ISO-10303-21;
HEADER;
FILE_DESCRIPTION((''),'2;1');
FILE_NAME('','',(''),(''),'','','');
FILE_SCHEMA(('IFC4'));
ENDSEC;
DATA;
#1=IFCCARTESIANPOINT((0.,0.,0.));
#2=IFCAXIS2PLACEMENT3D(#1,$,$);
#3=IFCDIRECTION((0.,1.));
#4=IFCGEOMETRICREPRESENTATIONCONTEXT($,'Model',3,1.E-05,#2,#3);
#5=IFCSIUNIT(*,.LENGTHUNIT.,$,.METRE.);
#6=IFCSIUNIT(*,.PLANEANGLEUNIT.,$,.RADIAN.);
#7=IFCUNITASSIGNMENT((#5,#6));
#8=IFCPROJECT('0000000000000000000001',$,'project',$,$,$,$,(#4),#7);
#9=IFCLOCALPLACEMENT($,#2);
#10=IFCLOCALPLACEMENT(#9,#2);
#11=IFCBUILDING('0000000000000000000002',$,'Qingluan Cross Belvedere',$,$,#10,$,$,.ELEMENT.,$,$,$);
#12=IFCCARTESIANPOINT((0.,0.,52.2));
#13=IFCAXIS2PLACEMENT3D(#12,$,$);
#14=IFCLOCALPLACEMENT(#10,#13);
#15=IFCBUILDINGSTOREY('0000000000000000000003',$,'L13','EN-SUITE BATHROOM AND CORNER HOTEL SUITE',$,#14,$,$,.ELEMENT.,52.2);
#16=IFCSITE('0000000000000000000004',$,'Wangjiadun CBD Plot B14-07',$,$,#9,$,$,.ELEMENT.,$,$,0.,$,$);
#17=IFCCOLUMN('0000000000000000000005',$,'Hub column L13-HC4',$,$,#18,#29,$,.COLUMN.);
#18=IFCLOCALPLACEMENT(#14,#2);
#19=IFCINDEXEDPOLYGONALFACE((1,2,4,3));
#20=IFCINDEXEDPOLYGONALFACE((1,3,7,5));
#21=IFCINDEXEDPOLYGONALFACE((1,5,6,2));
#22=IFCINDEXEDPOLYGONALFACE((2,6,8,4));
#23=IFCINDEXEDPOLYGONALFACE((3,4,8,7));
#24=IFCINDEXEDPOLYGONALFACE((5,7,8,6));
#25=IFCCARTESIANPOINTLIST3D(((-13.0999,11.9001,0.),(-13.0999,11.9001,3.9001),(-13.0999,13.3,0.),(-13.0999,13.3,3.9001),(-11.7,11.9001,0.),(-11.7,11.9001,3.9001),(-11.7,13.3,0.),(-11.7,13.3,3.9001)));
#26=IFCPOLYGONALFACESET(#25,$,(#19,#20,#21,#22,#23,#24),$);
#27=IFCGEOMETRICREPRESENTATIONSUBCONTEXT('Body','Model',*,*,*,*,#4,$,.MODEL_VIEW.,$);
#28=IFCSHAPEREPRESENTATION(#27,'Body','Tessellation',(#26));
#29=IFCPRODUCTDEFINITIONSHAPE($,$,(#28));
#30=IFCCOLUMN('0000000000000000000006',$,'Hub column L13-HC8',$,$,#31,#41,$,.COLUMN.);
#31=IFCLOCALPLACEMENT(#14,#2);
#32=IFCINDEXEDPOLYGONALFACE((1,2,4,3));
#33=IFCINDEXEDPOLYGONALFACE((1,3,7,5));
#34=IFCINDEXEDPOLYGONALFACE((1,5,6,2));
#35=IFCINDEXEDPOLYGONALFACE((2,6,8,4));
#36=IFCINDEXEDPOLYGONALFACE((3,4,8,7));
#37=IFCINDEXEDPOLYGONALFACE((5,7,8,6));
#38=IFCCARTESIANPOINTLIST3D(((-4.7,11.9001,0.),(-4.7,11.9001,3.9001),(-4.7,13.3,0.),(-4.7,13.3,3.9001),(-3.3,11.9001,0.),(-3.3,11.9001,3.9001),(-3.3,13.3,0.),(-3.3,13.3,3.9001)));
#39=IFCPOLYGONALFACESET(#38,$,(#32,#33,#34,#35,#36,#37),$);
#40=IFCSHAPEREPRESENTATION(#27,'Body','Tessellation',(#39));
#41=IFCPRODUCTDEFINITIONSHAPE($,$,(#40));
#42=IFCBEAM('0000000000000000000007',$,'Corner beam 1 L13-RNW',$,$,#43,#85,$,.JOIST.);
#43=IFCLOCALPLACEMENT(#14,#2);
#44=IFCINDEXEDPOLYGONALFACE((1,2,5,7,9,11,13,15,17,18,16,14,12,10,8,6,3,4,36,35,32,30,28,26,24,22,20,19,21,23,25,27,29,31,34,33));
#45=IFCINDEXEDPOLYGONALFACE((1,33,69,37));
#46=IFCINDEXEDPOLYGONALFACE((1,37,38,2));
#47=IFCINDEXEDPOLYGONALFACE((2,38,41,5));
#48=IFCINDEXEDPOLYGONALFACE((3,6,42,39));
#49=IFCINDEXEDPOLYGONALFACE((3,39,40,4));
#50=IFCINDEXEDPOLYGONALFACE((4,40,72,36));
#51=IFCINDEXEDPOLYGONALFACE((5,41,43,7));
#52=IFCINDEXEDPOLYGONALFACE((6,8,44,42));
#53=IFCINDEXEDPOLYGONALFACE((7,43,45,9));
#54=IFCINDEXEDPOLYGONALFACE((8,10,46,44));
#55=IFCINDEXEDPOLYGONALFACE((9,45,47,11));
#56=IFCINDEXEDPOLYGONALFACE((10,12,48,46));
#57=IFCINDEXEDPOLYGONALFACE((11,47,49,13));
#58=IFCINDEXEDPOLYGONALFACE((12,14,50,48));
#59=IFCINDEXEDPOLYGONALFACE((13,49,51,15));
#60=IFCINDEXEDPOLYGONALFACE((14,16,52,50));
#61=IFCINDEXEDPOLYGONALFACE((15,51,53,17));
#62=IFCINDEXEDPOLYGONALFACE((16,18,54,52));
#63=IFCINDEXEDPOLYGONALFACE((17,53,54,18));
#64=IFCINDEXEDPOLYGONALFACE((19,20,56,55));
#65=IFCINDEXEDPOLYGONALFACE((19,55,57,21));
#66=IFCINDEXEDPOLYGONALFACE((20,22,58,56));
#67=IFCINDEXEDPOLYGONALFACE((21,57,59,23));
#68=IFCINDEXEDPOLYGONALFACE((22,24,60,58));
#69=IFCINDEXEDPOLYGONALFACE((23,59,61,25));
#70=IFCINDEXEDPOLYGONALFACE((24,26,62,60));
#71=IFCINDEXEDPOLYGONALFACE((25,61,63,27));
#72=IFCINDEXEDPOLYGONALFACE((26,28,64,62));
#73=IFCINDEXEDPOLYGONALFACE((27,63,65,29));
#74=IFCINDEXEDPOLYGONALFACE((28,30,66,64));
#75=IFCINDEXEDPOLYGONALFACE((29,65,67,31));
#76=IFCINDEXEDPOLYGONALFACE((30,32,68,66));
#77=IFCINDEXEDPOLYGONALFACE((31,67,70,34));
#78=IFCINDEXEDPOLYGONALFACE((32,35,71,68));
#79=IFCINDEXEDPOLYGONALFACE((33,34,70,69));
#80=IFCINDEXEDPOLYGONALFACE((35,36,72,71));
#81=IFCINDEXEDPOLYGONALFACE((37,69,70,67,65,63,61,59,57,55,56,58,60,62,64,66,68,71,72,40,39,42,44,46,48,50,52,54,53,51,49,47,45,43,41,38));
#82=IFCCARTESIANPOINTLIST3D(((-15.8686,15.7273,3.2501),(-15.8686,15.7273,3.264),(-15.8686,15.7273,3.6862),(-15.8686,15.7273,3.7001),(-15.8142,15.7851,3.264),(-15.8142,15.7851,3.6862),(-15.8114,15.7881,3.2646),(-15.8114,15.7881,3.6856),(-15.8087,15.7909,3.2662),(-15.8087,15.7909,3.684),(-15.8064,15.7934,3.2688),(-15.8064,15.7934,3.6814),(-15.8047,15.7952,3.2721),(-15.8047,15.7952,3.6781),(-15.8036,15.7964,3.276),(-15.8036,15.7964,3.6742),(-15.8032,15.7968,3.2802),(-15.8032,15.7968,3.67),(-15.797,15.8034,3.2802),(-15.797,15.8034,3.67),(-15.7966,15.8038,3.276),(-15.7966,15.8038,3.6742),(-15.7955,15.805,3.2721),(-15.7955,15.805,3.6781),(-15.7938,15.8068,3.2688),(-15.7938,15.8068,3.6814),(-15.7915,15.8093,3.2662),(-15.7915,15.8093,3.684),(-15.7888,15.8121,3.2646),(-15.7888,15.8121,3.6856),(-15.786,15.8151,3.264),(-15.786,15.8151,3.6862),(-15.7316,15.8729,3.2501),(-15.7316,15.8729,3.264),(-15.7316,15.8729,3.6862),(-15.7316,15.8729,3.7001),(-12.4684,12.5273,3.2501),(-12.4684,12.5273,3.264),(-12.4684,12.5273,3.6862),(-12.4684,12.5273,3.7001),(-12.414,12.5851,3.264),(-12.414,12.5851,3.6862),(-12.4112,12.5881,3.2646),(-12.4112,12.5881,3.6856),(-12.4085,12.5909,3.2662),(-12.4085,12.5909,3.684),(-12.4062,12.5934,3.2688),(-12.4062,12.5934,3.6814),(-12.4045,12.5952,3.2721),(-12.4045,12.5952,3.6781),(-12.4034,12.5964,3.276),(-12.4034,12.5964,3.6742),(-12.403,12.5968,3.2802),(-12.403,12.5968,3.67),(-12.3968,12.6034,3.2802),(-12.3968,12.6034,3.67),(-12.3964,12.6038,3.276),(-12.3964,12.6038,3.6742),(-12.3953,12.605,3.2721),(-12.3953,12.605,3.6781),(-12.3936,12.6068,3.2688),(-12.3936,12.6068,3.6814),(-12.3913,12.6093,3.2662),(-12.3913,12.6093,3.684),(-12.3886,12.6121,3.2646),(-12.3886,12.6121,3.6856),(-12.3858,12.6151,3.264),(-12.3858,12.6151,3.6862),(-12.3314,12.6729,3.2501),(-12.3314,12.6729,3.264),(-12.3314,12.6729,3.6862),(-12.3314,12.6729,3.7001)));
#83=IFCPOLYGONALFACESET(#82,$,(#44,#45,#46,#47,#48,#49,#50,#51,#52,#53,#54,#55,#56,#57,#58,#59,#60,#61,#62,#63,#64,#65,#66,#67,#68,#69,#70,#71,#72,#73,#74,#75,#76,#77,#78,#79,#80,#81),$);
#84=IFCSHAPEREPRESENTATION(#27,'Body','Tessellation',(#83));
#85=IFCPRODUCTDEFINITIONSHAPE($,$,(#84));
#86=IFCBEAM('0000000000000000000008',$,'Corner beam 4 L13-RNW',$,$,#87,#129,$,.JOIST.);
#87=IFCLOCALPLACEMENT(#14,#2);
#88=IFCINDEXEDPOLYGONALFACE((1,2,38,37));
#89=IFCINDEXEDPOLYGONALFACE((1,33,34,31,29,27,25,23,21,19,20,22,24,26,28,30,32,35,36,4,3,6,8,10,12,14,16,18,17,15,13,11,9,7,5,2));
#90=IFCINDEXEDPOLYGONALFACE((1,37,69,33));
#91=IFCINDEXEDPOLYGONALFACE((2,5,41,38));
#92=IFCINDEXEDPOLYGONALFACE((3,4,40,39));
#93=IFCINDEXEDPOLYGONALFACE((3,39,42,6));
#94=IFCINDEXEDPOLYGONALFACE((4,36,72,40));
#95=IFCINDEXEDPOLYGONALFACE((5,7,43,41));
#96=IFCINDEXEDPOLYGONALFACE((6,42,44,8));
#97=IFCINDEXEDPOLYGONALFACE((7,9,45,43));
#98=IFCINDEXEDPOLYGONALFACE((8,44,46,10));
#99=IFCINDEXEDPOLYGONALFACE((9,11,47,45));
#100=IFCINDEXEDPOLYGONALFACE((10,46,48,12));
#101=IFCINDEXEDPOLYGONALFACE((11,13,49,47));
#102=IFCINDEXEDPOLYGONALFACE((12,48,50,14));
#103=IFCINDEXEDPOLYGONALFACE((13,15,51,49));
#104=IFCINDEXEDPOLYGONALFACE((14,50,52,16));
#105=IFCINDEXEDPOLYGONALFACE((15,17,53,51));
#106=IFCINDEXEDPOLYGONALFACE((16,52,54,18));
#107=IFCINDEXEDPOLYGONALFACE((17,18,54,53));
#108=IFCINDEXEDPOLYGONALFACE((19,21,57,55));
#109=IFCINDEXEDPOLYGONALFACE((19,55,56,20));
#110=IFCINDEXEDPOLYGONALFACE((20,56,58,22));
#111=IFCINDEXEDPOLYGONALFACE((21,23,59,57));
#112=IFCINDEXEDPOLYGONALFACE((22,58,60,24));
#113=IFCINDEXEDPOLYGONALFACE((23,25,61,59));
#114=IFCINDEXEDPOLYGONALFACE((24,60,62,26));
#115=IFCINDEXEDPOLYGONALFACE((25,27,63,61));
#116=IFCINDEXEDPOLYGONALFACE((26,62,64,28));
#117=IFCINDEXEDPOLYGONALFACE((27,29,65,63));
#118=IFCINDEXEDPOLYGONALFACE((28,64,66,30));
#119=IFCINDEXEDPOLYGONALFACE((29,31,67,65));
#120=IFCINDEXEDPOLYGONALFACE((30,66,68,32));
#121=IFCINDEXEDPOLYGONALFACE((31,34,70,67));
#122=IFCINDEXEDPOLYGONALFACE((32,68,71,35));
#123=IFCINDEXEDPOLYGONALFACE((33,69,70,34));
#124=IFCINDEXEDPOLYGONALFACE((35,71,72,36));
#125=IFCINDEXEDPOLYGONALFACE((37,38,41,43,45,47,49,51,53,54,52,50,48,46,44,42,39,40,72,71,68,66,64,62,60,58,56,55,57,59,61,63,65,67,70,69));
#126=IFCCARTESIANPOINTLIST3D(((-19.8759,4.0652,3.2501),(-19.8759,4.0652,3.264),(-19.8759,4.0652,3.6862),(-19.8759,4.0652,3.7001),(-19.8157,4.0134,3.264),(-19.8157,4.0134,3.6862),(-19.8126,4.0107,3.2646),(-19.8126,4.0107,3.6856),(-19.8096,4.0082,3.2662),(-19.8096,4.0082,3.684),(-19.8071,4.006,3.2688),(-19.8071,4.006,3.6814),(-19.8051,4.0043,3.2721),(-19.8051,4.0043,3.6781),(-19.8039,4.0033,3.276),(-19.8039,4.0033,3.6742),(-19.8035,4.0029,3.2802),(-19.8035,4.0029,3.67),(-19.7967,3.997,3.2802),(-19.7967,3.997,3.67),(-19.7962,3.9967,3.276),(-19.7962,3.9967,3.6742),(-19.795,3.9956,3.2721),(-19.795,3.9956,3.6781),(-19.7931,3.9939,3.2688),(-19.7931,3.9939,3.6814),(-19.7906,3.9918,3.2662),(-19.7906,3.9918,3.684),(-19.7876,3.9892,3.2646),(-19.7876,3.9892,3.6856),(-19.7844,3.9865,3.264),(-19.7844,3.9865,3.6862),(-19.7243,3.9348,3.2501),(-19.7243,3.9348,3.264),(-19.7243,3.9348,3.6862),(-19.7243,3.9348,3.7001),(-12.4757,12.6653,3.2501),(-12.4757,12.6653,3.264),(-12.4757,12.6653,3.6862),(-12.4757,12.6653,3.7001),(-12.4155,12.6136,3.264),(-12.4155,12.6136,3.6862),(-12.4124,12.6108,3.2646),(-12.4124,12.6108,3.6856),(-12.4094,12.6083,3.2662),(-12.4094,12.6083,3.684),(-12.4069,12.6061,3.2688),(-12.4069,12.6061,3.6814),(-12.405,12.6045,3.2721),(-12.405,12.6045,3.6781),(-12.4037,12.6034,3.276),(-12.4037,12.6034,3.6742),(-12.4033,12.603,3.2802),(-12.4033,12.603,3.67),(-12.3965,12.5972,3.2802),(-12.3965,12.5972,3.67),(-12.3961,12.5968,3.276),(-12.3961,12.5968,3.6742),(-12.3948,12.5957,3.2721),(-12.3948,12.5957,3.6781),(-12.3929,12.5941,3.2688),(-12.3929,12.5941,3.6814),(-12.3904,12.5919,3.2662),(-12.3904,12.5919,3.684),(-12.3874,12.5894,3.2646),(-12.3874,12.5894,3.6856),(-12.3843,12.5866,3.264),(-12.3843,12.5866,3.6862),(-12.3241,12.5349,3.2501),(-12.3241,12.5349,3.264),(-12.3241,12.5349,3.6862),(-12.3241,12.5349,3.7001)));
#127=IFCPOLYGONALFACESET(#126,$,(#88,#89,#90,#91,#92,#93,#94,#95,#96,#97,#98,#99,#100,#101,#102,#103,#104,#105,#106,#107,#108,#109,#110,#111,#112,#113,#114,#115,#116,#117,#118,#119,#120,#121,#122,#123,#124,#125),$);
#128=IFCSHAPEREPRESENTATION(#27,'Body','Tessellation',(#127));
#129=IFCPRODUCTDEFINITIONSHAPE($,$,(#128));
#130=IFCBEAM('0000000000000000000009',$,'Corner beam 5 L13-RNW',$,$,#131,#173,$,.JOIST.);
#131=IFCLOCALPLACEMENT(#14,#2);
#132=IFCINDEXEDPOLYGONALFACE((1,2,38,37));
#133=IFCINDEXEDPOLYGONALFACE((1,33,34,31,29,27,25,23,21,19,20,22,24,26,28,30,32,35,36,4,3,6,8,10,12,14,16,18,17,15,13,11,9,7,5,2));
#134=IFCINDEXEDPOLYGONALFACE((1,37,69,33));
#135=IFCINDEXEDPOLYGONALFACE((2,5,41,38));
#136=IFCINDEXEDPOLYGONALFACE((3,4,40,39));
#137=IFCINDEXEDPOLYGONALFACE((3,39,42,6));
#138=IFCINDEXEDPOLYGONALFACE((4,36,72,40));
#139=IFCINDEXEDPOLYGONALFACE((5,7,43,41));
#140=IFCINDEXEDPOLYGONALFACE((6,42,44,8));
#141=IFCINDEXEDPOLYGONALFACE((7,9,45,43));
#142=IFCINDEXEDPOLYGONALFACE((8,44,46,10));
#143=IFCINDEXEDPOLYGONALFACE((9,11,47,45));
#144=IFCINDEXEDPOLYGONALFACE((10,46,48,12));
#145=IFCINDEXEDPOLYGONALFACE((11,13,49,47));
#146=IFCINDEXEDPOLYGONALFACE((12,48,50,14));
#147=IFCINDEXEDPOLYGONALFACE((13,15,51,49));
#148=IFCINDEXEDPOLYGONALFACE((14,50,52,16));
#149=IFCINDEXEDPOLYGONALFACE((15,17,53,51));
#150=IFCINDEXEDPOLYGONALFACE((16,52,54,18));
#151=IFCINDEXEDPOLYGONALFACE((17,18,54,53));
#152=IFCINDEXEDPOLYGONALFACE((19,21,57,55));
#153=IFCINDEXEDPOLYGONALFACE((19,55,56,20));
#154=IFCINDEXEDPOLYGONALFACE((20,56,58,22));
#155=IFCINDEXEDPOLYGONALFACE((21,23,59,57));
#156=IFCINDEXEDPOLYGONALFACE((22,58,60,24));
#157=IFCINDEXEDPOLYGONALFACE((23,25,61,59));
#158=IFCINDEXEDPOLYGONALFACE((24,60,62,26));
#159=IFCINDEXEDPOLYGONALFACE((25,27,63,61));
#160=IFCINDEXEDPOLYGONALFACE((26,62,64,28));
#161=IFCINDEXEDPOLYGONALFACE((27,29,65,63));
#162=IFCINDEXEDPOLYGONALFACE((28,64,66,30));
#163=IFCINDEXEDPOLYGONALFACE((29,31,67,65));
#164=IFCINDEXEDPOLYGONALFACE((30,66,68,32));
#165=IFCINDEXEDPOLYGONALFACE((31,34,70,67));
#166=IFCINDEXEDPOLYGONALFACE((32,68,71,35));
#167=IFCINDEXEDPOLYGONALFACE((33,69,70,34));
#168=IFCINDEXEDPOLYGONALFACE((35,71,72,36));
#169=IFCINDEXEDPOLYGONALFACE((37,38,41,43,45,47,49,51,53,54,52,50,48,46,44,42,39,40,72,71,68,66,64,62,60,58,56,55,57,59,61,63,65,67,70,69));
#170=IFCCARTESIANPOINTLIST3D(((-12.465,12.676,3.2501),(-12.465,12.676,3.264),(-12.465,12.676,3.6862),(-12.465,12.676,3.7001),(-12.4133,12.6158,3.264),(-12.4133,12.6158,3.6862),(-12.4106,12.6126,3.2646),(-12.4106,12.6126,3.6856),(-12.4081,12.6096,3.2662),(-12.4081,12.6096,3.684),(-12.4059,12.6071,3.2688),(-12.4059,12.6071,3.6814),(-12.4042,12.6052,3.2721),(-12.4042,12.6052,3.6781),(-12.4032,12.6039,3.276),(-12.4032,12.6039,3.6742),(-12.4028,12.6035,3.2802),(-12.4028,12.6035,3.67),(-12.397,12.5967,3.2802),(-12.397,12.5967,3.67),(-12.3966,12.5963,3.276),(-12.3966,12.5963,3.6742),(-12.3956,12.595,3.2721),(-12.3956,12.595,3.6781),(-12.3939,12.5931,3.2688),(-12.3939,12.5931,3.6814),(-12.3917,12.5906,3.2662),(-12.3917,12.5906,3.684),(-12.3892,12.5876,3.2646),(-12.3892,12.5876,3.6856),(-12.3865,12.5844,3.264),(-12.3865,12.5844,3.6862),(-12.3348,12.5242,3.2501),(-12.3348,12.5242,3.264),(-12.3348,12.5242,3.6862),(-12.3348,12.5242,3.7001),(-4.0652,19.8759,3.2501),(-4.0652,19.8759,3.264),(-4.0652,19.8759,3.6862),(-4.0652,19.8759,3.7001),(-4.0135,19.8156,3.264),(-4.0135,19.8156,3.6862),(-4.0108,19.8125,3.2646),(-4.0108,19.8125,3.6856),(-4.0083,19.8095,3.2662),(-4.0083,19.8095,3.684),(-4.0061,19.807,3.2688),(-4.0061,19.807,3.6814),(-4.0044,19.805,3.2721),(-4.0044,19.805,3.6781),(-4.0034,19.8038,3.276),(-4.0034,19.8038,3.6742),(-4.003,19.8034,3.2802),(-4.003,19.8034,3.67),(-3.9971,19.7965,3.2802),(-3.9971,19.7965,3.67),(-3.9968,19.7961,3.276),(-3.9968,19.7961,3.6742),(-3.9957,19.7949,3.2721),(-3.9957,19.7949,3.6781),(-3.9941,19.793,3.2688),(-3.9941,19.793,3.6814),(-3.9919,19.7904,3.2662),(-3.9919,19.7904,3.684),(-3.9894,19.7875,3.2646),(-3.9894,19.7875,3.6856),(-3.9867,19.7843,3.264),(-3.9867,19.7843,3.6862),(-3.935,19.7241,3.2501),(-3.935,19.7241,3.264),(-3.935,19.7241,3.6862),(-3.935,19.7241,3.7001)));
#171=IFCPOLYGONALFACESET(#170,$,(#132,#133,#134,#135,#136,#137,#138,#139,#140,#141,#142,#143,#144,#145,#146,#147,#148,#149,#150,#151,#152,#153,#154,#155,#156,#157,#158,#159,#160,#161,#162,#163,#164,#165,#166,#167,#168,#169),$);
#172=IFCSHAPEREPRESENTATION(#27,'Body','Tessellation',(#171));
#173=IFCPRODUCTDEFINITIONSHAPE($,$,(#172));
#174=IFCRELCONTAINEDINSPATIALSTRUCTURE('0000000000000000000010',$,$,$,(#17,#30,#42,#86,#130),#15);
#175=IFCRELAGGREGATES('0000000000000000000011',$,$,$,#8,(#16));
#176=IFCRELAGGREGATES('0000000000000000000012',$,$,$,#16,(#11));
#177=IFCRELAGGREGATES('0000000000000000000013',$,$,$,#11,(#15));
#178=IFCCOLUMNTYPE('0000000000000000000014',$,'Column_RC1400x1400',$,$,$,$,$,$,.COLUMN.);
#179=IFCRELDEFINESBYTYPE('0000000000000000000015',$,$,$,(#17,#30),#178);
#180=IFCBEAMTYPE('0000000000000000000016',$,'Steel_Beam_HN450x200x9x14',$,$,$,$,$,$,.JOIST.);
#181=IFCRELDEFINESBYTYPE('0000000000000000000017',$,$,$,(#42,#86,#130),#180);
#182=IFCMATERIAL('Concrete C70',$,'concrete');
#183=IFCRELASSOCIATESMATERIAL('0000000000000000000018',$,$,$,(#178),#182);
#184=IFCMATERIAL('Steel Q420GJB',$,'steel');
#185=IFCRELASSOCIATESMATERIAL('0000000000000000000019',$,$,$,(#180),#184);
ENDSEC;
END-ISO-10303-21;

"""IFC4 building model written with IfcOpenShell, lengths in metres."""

from ifc_helpers import new_model, si_unit, direction, frame, origin, origin_2d, place, context, subcontext, project, spatial, rectangle, i_section, extrude, material, material_profile, profile_set, type_object, element, save


model = new_model("IFC4")

# Units and contexts
model_context = context("Model", 3, precision=1e-05, world=origin(), true_north=direction((0.0, 1.0)))
body_context = subcontext(model_context, "Body", "Model", "MODEL_VIEW")
ifc_project = project(units=[si_unit("LENGTHUNIT", "METRE"), si_unit("PLANEANGLEUNIT", "RADIAN")], contexts=[model_context])

# Site, building, storey
site_placement = place(None, origin())
site = spatial("IfcSite", under=ifc_project, at=site_placement, Name="Wangjiadun CBD Plot B14-07", CompositionType="ELEMENT", RefElevation=0.0)
building_placement = place(site_placement, origin())
building = spatial("IfcBuilding", under=site, at=building_placement, Name="Qingluan Cross Belvedere", CompositionType="ELEMENT")
storey_placement = place(building_placement, frame((0.0, 0.0, 52.2)))
storey = spatial("IfcBuildingStorey", under=building, at=storey_placement, Name="L13", Description="EN-SUITE BATHROOM AND CORNER HOTEL SUITE", CompositionType="ELEMENT", Elevation=52.2)

# Columns
ifc_material_1 = material(Name="Concrete C70", Category="concrete")
ifc_material_profile_1 = material_profile(ifc_material_1, rectangle(XDim=1.3999, YDim=1.3999, at=origin_2d()), Name="RC1400x1400")
ifc_profile_set_1 = profile_set([ifc_material_profile_1], Name="Concrete C70")
column_type = type_object("IfcColumnType", Name="Column_RC1400x1400", PredefinedType="COLUMN", material=ifc_profile_set_1)
for number, where, z_axis, x_axis, name in (
    (1, (-12.3999, 12.6001, 0.0), (0.0, 0.0, 1.0), (1.0, 0.0, 0.0), "Hub column L13-HC4"),
    (2, (-4.0, 12.6001, 0.0), (0.0, 0.0, 1.0), (1.0, 0.0, 0.0), "Hub column L13-HC8"),
):
    element("IfcColumn", number, at=place(storey_placement, frame(where, z_axis=z_axis, x_axis=x_axis)), inside=storey, type_object=column_type, Name=name, PredefinedType="COLUMN", context=body_context, shape_type="SweptSolid", body=[
        extrude(rectangle(XDim=1.3999, YDim=1.3999, at=origin_2d()), origin(), (0.0, 0.0, 1.0), 3.9001),
    ])

# Beams
ifc_material_2 = material(Name="Steel Q420GJB", Category="steel")
ifc_material_profile_2 = material_profile(ifc_material_2, i_section(OverallWidth=0.2, OverallDepth=0.45, WebThickness=0.009, FlangeThickness=0.0139, FilletRadius=0.0161, at=origin_2d()), Name="HN450x200x9x14")
ifc_profile_set_2 = profile_set([ifc_material_profile_2], Name="Steel Q420GJB")
beam_type_1 = type_object("IfcBeamType", Name="Steel_Beam_HN450x200x9x14", PredefinedType="JOIST", material=ifc_profile_set_2)
beam_1_placement = place(storey_placement, frame((-12.3999, 12.6001, 3.4751), z_axis=(-0.72822, 0.685343, 0.0), x_axis=(-0.685343, -0.72822, 0.0)))
element("IfcBeam", 3, at=beam_1_placement, inside=storey, type_object=beam_type_1, Name="Corner beam 1 L13-RNW", PredefinedType="JOIST", context=body_context, shape_type="SweptSolid", body=[
    extrude(i_section(OverallWidth=0.2, OverallDepth=0.45, WebThickness=0.009, FlangeThickness=0.0139, FilletRadius=0.0161, at=origin_2d()), origin(), (0.0, 0.0, 1.0), 4.6692),
])
beam_2_placement = place(storey_placement, frame((-12.3999, 12.6001, 3.4751), z_axis=(-0.652245, -0.758008, 0.0), x_axis=(0.758008, -0.652245, 0.0)))
element("IfcBeam", 4, at=beam_2_placement, inside=storey, type_object=beam_type_1, Name="Corner beam 4 L13-RNW", PredefinedType="JOIST", context=body_context, shape_type="SweptSolid", body=[
    extrude(i_section(OverallWidth=0.2, OverallDepth=0.45, WebThickness=0.009, FlangeThickness=0.0139, FilletRadius=0.0161, at=origin_2d()), origin(), (0.0, 0.0, 1.0), 11.3457),
])
beam_3_placement = place(storey_placement, frame((-12.3999, 12.6001, 3.4751), z_axis=(0.759255, 0.650793, 0.0), x_axis=(-0.650793, 0.759255, 0.0)))
element("IfcBeam", 5, at=beam_3_placement, inside=storey, type_object=beam_type_1, Name="Corner beam 5 L13-RNW", PredefinedType="JOIST", context=body_context, shape_type="SweptSolid", body=[
    extrude(i_section(OverallWidth=0.2, OverallDepth=0.45, WebThickness=0.009, FlangeThickness=0.0139, FilletRadius=0.0161, at=origin_2d()), origin(), (0.0, 0.0, 1.0), 11.0632),
])

save(model, "model.ifc")
